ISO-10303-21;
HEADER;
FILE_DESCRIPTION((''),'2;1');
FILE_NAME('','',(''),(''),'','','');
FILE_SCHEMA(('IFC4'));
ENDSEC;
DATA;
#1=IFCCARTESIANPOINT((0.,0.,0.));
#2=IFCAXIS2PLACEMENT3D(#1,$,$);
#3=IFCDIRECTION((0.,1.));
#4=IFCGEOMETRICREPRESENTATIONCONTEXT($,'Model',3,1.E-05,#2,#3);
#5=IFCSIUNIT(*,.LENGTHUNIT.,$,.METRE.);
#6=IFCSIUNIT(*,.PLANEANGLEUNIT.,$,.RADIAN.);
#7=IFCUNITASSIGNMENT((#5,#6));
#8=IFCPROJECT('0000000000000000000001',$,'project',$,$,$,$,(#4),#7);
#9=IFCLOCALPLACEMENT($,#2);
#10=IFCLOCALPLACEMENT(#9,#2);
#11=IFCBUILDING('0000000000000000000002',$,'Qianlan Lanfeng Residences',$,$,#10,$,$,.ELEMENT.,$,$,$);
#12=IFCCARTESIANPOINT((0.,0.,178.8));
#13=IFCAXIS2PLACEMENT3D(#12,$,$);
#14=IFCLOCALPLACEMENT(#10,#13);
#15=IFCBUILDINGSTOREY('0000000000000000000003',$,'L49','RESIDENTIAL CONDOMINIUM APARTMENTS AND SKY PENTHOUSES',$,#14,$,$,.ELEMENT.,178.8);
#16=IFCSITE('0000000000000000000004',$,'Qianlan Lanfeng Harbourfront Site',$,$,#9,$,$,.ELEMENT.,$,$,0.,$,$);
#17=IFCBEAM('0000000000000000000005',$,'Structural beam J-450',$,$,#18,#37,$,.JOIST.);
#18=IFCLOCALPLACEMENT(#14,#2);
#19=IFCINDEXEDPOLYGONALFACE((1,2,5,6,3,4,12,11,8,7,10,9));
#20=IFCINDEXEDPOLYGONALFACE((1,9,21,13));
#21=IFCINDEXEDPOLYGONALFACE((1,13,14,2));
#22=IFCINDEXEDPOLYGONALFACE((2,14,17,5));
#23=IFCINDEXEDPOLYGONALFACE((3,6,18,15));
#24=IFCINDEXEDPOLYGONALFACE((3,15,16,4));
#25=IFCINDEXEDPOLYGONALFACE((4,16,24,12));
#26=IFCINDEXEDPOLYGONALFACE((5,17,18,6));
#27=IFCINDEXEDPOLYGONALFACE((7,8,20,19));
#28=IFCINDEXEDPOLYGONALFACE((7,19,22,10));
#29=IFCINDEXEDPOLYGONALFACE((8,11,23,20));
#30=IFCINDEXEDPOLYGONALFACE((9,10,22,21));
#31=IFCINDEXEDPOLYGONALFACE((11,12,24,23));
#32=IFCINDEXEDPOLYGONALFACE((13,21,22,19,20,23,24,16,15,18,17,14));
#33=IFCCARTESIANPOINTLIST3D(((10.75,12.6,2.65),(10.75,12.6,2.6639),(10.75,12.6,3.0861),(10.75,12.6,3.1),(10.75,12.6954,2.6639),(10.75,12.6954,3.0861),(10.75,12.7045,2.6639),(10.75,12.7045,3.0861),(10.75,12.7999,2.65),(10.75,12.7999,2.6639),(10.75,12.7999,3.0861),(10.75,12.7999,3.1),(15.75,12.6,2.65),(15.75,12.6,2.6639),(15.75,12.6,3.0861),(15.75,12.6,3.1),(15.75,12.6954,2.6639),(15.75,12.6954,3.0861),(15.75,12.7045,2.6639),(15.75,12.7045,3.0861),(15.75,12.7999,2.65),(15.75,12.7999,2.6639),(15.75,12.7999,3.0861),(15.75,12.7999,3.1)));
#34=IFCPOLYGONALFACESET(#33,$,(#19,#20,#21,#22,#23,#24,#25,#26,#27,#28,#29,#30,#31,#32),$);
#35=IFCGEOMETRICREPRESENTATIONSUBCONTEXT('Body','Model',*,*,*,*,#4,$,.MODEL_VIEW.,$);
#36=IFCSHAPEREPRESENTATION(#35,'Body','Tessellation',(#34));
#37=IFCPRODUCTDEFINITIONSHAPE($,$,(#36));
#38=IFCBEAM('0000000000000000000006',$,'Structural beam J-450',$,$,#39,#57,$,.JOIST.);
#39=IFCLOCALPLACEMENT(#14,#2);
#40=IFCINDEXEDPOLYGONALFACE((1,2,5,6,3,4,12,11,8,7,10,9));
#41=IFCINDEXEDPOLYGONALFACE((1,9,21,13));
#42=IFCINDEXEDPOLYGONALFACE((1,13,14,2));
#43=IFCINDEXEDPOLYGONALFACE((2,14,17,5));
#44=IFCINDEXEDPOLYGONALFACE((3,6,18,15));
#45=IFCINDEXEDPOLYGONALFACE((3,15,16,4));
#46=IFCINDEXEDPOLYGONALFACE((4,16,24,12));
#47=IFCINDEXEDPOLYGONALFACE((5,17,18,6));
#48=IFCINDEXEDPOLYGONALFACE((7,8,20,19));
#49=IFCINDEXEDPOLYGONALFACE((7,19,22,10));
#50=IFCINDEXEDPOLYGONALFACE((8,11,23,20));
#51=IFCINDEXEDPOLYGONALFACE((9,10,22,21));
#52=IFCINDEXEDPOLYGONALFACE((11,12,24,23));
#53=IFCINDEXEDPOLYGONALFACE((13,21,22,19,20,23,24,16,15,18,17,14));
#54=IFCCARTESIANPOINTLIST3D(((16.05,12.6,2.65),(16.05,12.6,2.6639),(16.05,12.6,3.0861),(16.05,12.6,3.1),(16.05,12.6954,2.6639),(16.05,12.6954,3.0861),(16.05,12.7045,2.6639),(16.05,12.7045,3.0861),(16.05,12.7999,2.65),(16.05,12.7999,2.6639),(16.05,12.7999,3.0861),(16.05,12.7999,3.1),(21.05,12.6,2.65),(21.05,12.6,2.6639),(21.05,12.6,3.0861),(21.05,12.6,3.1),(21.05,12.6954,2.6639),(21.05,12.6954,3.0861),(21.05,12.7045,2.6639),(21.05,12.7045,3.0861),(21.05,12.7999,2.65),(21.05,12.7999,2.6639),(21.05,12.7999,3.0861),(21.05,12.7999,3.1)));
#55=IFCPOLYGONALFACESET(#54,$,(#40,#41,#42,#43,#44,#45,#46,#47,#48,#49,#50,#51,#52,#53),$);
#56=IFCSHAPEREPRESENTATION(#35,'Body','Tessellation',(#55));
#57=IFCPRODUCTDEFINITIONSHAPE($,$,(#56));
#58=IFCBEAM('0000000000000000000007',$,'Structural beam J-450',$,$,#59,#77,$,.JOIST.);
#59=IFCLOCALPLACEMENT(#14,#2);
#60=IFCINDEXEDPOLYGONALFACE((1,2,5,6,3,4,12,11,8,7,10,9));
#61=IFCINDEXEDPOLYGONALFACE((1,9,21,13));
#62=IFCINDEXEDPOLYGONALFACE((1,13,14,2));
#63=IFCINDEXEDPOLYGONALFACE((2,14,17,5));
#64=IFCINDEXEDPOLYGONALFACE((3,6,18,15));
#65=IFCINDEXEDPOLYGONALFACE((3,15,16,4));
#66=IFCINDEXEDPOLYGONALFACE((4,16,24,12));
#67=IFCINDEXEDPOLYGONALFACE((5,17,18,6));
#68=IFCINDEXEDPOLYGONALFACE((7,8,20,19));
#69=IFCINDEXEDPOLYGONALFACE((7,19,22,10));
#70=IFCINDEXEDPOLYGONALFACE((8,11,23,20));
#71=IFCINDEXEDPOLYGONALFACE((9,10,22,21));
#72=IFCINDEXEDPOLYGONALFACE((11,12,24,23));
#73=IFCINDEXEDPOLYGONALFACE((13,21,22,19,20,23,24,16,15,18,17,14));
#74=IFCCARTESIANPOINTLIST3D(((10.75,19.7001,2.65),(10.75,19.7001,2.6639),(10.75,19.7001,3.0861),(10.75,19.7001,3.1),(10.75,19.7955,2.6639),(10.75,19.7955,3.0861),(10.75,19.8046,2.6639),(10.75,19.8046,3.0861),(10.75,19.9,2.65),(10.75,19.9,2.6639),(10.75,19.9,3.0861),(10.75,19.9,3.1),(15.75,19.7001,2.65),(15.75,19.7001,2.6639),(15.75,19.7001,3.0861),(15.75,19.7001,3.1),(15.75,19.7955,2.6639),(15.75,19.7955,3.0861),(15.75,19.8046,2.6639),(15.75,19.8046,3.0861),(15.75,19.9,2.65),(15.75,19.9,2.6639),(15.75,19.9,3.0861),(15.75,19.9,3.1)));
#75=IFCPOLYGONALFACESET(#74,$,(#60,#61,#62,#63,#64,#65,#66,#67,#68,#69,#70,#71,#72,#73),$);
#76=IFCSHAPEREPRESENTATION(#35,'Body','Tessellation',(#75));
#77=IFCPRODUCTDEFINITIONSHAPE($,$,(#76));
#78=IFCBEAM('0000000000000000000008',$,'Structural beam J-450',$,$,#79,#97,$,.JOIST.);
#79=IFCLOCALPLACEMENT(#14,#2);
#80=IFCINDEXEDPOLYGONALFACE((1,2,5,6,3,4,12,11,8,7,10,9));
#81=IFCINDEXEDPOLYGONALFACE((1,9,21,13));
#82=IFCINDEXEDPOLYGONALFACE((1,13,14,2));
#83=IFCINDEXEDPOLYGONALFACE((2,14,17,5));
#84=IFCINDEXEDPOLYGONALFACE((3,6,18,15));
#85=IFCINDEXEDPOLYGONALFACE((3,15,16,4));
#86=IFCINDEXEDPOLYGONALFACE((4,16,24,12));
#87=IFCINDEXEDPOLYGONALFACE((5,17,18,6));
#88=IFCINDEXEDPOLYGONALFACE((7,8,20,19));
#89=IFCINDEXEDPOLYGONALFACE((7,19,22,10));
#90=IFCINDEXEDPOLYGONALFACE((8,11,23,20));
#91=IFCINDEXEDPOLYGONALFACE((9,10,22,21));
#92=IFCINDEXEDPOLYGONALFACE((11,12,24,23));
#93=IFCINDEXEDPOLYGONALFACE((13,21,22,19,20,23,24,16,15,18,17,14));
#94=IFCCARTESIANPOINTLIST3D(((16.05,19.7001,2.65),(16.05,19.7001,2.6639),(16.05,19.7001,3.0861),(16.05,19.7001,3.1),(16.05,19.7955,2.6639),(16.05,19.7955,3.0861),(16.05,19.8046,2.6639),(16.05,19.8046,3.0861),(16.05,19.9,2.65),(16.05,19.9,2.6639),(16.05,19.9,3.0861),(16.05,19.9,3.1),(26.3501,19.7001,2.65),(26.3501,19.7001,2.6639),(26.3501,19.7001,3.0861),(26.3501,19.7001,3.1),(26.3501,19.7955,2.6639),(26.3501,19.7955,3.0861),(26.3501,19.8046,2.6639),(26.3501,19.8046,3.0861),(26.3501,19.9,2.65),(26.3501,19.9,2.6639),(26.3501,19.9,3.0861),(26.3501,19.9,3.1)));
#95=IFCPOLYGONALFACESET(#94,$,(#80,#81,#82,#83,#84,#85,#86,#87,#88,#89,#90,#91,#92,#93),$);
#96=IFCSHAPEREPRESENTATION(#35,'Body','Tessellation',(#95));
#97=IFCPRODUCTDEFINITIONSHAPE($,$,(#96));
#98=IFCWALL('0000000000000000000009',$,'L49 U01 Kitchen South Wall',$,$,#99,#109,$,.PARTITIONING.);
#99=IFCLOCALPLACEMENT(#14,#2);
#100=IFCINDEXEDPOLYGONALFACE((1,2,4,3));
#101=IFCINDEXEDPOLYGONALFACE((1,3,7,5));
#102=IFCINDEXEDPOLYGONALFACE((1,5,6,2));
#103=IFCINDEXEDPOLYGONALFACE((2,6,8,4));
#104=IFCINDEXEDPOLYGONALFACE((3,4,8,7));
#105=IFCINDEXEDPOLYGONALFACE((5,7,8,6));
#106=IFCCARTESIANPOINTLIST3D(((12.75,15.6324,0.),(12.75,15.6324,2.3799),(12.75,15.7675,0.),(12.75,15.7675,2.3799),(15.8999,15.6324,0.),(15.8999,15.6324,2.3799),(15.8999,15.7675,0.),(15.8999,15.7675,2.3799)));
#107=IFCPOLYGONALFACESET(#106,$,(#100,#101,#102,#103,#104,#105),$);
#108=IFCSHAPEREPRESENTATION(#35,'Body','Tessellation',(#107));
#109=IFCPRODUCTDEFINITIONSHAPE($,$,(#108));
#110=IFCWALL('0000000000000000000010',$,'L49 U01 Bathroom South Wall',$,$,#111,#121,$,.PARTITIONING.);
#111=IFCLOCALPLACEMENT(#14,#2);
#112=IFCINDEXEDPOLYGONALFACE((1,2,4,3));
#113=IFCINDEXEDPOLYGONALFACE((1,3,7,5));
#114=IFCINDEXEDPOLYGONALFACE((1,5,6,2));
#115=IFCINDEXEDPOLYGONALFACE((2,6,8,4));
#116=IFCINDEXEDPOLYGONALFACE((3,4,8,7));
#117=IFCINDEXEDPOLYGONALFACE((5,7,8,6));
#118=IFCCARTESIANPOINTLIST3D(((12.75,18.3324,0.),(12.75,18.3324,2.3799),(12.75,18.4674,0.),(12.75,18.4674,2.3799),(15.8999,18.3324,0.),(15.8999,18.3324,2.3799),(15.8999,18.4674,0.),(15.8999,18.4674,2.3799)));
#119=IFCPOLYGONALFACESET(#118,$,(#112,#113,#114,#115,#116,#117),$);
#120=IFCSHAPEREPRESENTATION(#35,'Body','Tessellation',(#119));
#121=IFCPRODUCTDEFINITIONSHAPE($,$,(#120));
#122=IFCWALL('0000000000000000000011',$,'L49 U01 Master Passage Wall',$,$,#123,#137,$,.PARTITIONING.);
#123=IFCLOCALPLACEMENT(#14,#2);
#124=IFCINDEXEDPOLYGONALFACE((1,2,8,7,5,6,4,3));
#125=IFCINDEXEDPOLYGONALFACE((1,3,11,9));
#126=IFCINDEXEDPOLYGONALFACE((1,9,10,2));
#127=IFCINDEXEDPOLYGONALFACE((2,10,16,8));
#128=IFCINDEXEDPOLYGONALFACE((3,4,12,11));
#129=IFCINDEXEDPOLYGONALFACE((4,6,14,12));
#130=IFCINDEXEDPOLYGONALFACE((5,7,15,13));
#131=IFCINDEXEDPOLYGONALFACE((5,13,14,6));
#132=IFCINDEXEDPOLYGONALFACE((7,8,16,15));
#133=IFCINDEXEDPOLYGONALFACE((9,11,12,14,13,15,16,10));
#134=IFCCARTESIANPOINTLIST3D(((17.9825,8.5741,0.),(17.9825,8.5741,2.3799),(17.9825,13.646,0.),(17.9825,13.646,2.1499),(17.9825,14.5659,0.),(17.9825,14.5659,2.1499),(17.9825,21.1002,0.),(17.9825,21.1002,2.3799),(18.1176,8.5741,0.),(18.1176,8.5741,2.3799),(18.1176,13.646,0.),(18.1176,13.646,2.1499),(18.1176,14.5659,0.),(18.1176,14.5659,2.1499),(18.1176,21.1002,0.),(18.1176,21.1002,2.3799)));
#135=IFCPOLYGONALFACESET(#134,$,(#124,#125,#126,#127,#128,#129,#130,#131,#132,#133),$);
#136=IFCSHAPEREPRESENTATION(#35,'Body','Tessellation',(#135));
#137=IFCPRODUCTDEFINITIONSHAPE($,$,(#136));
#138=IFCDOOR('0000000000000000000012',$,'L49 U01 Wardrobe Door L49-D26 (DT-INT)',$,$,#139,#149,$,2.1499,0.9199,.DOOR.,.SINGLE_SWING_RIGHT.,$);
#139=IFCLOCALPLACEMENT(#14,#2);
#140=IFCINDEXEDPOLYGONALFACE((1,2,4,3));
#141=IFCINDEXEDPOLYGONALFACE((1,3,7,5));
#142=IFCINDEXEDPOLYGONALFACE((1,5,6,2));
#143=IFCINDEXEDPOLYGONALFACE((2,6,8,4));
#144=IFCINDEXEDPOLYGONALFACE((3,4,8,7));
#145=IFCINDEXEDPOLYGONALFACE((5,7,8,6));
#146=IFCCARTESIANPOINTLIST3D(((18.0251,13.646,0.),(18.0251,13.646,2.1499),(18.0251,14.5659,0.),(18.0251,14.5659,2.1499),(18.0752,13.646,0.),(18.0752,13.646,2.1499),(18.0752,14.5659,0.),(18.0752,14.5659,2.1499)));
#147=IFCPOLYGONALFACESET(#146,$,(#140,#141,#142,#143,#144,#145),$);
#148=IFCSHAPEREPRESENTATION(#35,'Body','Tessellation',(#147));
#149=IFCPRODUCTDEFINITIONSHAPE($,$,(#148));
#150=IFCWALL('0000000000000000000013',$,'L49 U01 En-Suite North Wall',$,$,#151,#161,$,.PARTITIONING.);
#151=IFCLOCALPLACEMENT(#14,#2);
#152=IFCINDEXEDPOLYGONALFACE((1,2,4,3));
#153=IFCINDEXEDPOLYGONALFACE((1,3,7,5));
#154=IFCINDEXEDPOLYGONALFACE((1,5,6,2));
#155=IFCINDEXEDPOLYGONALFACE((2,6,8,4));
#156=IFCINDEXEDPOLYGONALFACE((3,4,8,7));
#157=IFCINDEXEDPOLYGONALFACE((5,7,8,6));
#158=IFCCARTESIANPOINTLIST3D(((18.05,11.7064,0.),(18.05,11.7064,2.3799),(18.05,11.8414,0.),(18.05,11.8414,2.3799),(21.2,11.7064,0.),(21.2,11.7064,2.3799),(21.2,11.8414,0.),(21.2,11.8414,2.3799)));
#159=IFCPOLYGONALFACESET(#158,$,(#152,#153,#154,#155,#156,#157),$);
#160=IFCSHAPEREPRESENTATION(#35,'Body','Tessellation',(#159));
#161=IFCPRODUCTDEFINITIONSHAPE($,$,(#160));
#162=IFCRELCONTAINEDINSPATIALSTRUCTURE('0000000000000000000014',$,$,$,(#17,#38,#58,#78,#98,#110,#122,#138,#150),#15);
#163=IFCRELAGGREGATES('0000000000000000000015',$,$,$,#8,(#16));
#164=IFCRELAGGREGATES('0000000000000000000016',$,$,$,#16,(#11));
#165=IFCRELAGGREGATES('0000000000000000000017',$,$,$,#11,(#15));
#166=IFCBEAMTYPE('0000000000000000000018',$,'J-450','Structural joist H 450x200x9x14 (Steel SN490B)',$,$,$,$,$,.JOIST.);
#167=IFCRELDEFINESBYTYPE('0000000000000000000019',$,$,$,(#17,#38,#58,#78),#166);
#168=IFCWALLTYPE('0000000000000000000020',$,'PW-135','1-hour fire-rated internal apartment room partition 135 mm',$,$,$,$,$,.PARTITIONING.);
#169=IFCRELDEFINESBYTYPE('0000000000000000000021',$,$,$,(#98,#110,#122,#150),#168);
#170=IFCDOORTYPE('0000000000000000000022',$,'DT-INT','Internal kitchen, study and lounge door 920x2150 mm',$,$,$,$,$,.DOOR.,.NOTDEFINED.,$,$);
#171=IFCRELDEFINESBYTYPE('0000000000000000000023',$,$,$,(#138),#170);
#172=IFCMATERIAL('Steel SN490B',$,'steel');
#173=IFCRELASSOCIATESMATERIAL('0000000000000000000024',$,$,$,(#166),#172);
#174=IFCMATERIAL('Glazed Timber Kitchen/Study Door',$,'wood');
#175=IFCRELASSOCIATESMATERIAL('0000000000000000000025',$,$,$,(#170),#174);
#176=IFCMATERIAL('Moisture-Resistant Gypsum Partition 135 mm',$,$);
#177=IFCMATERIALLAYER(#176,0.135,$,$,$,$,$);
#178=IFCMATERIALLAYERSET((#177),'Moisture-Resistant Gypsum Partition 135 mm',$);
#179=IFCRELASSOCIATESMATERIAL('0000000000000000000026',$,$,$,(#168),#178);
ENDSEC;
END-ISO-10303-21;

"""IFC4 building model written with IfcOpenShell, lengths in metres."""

from ifc_helpers import new_model, si_unit, direction, frame, frame_2d, origin, origin_2d, place, context, subcontext, project, spatial, rectangle, i_section, extrude, material, layer, layer_set, material_profile, profile_set, type_object, element, fill, save


model = new_model("IFC4")

# Units and contexts
model_context = context("Model", 3, precision=1e-05, world=origin(), true_north=direction((0.0, 1.0)))
body_context = subcontext(model_context, "Body", "Model", "MODEL_VIEW")
ifc_project = project(units=[si_unit("LENGTHUNIT", "METRE"), si_unit("PLANEANGLEUNIT", "RADIAN")], contexts=[model_context])

# Site, building, storey
site_placement = place(None, origin())
site = spatial("IfcSite", under=ifc_project, at=site_placement, Name="Qianlan Lanfeng Harbourfront Site", CompositionType="ELEMENT", RefElevation=0.0)
building_placement = place(site_placement, origin())
building = spatial("IfcBuilding", under=site, at=building_placement, Name="Qianlan Lanfeng Residences", CompositionType="ELEMENT")
storey_placement = place(building_placement, frame((0.0, 0.0, 178.8)))
storey = spatial("IfcBuildingStorey", under=building, at=storey_placement, Name="L49", Description="RESIDENTIAL CONDOMINIUM APARTMENTS AND SKY PENTHOUSES", CompositionType="ELEMENT", Elevation=178.8)

# Shared definitions
ifc_material_1 = material(Name="Steel SN490B", Category="steel")

# Beams
ifc_material_profile_1 = material_profile(ifc_material_1, i_section(OverallWidth=0.2, OverallDepth=0.45, WebThickness=0.009, FlangeThickness=0.0139, at=origin_2d()), Name="H 450x200x9x14")
ifc_profile_set_1 = profile_set([ifc_material_profile_1], Name="Steel SN490B")
beam_type_1 = type_object("IfcBeamType", Name="J-450", Description="Structural joist H 450x200x9x14 (Steel SN490B)", PredefinedType="JOIST", material=ifc_profile_set_1)
for number, where, z_axis, x_axis, name in (
    (1, (10.75, 12.7, 2.875), (1.0, 0.0, 0.0), (0.0, 1.0, 0.0), "Structural beam J-450"),
    (2, (16.05, 12.7, 2.875), (1.0, 0.0, 0.0), (0.0, 1.0, 0.0), "Structural beam J-450"),
    (3, (10.75, 19.8, 2.875), (1.0, 0.0, 0.0), (0.0, 1.0, 0.0), "Structural beam J-450"),
):
    element("IfcBeam", number, at=place(storey_placement, frame(where, z_axis=z_axis, x_axis=x_axis)), inside=storey, type_object=beam_type_1, Name=name, PredefinedType="JOIST", context=body_context, shape_type="SweptSolid", body=[
        extrude(i_section(OverallWidth=0.2, OverallDepth=0.45, WebThickness=0.009, FlangeThickness=0.0139, at=origin_2d()), origin(), (0.0, 0.0, 1.0), 5.0),
    ])
beam_1_placement = place(storey_placement, frame((16.05, 19.8, 2.875), z_axis=(1.0, 0.0, 0.0), x_axis=(0.0, 1.0, 0.0)))
element("IfcBeam", 4, at=beam_1_placement, inside=storey, type_object=beam_type_1, Name="Structural beam J-450", PredefinedType="JOIST", context=body_context, shape_type="SweptSolid", body=[
    extrude(i_section(OverallWidth=0.2, OverallDepth=0.45, WebThickness=0.009, FlangeThickness=0.0139, at=origin_2d()), origin(), (0.0, 0.0, 1.0), 10.3),
])

# Shared definitions
ifc_material_2 = material(Name="Glazed Timber Kitchen/Study Door", Category="wood")
door_type_1 = type_object("IfcDoorType", Name="DT-INT", Description="Internal kitchen, study and lounge door 920x2150 mm", OperationType="NOTDEFINED", PredefinedType="DOOR", material=ifc_material_2)

# Shared definitions
ifc_material_3 = material(Name="Moisture-Resistant Gypsum Partition 135 mm")
ifc_layer_1 = layer(ifc_material_3, 0.135)
ifc_layer_set_1 = layer_set([ifc_layer_1], Name="Moisture-Resistant Gypsum Partition 135 mm")
wall_type_1 = type_object("IfcWallType", Name="PW-135", Description="1-hour fire-rated internal apartment room partition 135 mm", PredefinedType="PARTITIONING", material=ifc_layer_set_1)

# Walls
for number, where, z_axis, x_axis, name in (
    (5, (12.75, 15.7, 0.0), (0.0, 0.0, 1.0), (1.0, 0.0, 0.0), "L49 U01 Kitchen South Wall"),
    (6, (12.75, 18.3999, 0.0), (0.0, 0.0, 1.0), (1.0, 0.0, 0.0), "L49 U01 Bathroom South Wall"),
):
    element("IfcWall", number, at=place(storey_placement, frame(where, z_axis=z_axis, x_axis=x_axis)), inside=storey, type_object=wall_type_1, Name=name, PredefinedType="PARTITIONING", context=body_context, shape_type="SweptSolid", body=[
        extrude(rectangle(XDim=3.1499, YDim=0.135, at=frame_2d((1.575, 0.0))), origin(), (0.0, 0.0, 1.0), 2.3799),
    ])

# Wall, opening, door
wall_1_placement = place(storey_placement, frame((18.05, 8.574, 0.0), z_axis=(0.0, 0.0, 1.0), x_axis=(0.0, 1.0, 0.0)))
wall_1 = element("IfcWall", 7, at=wall_1_placement, inside=storey, type_object=wall_type_1, Name="L49 U01 Master Passage Wall", PredefinedType="PARTITIONING", context=body_context, shape_type="SweptSolid", body=[
    extrude(rectangle(XDim=12.5261, YDim=0.135, at=frame_2d((6.2632, 0.0))), origin(), (0.0, 0.0, 1.0), 2.3799),
])
opening_1_placement = place(wall_1_placement, frame((5.072, 0.0, 0.0)))
opening_1 = element("IfcOpeningElement", 8, at=opening_1_placement, cuts=wall_1, PredefinedType="OPENING", context=body_context, shape_type="SweptSolid", body=[
    extrude(rectangle(XDim=0.9199, YDim=2.1499, at=frame_2d((0.46, 1.075))), frame((0.0, 0.0776, 0.0), z_axis=(0.0, -1.0, 0.0), x_axis=(1.0, 0.0, 0.0)), (0.0, 0.0, 1.0), 0.155),
])
door_1_placement = place(opening_1_placement, origin())
door_1 = element("IfcDoor", 9, at=door_1_placement, inside=storey, type_object=door_type_1, Name="L49 U01 Wardrobe Door L49-D26 (DT-INT)", OperationType="SINGLE_SWING_RIGHT", OverallHeight=2.1499, OverallWidth=0.9199, PredefinedType="DOOR", context=body_context, shape_type="SweptSolid", body=[
    extrude(rectangle(XDim=0.9199, YDim=2.1499, at=frame_2d((0.46, 1.075))), frame((0.0, 0.0249, 0.0), z_axis=(0.0, -1.0, 0.0), x_axis=(1.0, 0.0, 0.0)), (0.0, 0.0, 1.0), 0.05),
])
fill(opening_1, door_1)

# Wall
wall_2_placement = place(storey_placement, frame((18.05, 11.7739, 0.0), z_axis=(0.0, 0.0, 1.0), x_axis=(1.0, 0.0, 0.0)))
element("IfcWall", 10, at=wall_2_placement, inside=storey, type_object=wall_type_1, Name="L49 U01 En-Suite North Wall", PredefinedType="PARTITIONING", context=body_context, shape_type="SweptSolid", body=[
    extrude(rectangle(XDim=3.1499, YDim=0.135, at=frame_2d((1.575, 0.0))), origin(), (0.0, 0.0, 1.0), 2.3799),
])

save(model, "model.ifc")
